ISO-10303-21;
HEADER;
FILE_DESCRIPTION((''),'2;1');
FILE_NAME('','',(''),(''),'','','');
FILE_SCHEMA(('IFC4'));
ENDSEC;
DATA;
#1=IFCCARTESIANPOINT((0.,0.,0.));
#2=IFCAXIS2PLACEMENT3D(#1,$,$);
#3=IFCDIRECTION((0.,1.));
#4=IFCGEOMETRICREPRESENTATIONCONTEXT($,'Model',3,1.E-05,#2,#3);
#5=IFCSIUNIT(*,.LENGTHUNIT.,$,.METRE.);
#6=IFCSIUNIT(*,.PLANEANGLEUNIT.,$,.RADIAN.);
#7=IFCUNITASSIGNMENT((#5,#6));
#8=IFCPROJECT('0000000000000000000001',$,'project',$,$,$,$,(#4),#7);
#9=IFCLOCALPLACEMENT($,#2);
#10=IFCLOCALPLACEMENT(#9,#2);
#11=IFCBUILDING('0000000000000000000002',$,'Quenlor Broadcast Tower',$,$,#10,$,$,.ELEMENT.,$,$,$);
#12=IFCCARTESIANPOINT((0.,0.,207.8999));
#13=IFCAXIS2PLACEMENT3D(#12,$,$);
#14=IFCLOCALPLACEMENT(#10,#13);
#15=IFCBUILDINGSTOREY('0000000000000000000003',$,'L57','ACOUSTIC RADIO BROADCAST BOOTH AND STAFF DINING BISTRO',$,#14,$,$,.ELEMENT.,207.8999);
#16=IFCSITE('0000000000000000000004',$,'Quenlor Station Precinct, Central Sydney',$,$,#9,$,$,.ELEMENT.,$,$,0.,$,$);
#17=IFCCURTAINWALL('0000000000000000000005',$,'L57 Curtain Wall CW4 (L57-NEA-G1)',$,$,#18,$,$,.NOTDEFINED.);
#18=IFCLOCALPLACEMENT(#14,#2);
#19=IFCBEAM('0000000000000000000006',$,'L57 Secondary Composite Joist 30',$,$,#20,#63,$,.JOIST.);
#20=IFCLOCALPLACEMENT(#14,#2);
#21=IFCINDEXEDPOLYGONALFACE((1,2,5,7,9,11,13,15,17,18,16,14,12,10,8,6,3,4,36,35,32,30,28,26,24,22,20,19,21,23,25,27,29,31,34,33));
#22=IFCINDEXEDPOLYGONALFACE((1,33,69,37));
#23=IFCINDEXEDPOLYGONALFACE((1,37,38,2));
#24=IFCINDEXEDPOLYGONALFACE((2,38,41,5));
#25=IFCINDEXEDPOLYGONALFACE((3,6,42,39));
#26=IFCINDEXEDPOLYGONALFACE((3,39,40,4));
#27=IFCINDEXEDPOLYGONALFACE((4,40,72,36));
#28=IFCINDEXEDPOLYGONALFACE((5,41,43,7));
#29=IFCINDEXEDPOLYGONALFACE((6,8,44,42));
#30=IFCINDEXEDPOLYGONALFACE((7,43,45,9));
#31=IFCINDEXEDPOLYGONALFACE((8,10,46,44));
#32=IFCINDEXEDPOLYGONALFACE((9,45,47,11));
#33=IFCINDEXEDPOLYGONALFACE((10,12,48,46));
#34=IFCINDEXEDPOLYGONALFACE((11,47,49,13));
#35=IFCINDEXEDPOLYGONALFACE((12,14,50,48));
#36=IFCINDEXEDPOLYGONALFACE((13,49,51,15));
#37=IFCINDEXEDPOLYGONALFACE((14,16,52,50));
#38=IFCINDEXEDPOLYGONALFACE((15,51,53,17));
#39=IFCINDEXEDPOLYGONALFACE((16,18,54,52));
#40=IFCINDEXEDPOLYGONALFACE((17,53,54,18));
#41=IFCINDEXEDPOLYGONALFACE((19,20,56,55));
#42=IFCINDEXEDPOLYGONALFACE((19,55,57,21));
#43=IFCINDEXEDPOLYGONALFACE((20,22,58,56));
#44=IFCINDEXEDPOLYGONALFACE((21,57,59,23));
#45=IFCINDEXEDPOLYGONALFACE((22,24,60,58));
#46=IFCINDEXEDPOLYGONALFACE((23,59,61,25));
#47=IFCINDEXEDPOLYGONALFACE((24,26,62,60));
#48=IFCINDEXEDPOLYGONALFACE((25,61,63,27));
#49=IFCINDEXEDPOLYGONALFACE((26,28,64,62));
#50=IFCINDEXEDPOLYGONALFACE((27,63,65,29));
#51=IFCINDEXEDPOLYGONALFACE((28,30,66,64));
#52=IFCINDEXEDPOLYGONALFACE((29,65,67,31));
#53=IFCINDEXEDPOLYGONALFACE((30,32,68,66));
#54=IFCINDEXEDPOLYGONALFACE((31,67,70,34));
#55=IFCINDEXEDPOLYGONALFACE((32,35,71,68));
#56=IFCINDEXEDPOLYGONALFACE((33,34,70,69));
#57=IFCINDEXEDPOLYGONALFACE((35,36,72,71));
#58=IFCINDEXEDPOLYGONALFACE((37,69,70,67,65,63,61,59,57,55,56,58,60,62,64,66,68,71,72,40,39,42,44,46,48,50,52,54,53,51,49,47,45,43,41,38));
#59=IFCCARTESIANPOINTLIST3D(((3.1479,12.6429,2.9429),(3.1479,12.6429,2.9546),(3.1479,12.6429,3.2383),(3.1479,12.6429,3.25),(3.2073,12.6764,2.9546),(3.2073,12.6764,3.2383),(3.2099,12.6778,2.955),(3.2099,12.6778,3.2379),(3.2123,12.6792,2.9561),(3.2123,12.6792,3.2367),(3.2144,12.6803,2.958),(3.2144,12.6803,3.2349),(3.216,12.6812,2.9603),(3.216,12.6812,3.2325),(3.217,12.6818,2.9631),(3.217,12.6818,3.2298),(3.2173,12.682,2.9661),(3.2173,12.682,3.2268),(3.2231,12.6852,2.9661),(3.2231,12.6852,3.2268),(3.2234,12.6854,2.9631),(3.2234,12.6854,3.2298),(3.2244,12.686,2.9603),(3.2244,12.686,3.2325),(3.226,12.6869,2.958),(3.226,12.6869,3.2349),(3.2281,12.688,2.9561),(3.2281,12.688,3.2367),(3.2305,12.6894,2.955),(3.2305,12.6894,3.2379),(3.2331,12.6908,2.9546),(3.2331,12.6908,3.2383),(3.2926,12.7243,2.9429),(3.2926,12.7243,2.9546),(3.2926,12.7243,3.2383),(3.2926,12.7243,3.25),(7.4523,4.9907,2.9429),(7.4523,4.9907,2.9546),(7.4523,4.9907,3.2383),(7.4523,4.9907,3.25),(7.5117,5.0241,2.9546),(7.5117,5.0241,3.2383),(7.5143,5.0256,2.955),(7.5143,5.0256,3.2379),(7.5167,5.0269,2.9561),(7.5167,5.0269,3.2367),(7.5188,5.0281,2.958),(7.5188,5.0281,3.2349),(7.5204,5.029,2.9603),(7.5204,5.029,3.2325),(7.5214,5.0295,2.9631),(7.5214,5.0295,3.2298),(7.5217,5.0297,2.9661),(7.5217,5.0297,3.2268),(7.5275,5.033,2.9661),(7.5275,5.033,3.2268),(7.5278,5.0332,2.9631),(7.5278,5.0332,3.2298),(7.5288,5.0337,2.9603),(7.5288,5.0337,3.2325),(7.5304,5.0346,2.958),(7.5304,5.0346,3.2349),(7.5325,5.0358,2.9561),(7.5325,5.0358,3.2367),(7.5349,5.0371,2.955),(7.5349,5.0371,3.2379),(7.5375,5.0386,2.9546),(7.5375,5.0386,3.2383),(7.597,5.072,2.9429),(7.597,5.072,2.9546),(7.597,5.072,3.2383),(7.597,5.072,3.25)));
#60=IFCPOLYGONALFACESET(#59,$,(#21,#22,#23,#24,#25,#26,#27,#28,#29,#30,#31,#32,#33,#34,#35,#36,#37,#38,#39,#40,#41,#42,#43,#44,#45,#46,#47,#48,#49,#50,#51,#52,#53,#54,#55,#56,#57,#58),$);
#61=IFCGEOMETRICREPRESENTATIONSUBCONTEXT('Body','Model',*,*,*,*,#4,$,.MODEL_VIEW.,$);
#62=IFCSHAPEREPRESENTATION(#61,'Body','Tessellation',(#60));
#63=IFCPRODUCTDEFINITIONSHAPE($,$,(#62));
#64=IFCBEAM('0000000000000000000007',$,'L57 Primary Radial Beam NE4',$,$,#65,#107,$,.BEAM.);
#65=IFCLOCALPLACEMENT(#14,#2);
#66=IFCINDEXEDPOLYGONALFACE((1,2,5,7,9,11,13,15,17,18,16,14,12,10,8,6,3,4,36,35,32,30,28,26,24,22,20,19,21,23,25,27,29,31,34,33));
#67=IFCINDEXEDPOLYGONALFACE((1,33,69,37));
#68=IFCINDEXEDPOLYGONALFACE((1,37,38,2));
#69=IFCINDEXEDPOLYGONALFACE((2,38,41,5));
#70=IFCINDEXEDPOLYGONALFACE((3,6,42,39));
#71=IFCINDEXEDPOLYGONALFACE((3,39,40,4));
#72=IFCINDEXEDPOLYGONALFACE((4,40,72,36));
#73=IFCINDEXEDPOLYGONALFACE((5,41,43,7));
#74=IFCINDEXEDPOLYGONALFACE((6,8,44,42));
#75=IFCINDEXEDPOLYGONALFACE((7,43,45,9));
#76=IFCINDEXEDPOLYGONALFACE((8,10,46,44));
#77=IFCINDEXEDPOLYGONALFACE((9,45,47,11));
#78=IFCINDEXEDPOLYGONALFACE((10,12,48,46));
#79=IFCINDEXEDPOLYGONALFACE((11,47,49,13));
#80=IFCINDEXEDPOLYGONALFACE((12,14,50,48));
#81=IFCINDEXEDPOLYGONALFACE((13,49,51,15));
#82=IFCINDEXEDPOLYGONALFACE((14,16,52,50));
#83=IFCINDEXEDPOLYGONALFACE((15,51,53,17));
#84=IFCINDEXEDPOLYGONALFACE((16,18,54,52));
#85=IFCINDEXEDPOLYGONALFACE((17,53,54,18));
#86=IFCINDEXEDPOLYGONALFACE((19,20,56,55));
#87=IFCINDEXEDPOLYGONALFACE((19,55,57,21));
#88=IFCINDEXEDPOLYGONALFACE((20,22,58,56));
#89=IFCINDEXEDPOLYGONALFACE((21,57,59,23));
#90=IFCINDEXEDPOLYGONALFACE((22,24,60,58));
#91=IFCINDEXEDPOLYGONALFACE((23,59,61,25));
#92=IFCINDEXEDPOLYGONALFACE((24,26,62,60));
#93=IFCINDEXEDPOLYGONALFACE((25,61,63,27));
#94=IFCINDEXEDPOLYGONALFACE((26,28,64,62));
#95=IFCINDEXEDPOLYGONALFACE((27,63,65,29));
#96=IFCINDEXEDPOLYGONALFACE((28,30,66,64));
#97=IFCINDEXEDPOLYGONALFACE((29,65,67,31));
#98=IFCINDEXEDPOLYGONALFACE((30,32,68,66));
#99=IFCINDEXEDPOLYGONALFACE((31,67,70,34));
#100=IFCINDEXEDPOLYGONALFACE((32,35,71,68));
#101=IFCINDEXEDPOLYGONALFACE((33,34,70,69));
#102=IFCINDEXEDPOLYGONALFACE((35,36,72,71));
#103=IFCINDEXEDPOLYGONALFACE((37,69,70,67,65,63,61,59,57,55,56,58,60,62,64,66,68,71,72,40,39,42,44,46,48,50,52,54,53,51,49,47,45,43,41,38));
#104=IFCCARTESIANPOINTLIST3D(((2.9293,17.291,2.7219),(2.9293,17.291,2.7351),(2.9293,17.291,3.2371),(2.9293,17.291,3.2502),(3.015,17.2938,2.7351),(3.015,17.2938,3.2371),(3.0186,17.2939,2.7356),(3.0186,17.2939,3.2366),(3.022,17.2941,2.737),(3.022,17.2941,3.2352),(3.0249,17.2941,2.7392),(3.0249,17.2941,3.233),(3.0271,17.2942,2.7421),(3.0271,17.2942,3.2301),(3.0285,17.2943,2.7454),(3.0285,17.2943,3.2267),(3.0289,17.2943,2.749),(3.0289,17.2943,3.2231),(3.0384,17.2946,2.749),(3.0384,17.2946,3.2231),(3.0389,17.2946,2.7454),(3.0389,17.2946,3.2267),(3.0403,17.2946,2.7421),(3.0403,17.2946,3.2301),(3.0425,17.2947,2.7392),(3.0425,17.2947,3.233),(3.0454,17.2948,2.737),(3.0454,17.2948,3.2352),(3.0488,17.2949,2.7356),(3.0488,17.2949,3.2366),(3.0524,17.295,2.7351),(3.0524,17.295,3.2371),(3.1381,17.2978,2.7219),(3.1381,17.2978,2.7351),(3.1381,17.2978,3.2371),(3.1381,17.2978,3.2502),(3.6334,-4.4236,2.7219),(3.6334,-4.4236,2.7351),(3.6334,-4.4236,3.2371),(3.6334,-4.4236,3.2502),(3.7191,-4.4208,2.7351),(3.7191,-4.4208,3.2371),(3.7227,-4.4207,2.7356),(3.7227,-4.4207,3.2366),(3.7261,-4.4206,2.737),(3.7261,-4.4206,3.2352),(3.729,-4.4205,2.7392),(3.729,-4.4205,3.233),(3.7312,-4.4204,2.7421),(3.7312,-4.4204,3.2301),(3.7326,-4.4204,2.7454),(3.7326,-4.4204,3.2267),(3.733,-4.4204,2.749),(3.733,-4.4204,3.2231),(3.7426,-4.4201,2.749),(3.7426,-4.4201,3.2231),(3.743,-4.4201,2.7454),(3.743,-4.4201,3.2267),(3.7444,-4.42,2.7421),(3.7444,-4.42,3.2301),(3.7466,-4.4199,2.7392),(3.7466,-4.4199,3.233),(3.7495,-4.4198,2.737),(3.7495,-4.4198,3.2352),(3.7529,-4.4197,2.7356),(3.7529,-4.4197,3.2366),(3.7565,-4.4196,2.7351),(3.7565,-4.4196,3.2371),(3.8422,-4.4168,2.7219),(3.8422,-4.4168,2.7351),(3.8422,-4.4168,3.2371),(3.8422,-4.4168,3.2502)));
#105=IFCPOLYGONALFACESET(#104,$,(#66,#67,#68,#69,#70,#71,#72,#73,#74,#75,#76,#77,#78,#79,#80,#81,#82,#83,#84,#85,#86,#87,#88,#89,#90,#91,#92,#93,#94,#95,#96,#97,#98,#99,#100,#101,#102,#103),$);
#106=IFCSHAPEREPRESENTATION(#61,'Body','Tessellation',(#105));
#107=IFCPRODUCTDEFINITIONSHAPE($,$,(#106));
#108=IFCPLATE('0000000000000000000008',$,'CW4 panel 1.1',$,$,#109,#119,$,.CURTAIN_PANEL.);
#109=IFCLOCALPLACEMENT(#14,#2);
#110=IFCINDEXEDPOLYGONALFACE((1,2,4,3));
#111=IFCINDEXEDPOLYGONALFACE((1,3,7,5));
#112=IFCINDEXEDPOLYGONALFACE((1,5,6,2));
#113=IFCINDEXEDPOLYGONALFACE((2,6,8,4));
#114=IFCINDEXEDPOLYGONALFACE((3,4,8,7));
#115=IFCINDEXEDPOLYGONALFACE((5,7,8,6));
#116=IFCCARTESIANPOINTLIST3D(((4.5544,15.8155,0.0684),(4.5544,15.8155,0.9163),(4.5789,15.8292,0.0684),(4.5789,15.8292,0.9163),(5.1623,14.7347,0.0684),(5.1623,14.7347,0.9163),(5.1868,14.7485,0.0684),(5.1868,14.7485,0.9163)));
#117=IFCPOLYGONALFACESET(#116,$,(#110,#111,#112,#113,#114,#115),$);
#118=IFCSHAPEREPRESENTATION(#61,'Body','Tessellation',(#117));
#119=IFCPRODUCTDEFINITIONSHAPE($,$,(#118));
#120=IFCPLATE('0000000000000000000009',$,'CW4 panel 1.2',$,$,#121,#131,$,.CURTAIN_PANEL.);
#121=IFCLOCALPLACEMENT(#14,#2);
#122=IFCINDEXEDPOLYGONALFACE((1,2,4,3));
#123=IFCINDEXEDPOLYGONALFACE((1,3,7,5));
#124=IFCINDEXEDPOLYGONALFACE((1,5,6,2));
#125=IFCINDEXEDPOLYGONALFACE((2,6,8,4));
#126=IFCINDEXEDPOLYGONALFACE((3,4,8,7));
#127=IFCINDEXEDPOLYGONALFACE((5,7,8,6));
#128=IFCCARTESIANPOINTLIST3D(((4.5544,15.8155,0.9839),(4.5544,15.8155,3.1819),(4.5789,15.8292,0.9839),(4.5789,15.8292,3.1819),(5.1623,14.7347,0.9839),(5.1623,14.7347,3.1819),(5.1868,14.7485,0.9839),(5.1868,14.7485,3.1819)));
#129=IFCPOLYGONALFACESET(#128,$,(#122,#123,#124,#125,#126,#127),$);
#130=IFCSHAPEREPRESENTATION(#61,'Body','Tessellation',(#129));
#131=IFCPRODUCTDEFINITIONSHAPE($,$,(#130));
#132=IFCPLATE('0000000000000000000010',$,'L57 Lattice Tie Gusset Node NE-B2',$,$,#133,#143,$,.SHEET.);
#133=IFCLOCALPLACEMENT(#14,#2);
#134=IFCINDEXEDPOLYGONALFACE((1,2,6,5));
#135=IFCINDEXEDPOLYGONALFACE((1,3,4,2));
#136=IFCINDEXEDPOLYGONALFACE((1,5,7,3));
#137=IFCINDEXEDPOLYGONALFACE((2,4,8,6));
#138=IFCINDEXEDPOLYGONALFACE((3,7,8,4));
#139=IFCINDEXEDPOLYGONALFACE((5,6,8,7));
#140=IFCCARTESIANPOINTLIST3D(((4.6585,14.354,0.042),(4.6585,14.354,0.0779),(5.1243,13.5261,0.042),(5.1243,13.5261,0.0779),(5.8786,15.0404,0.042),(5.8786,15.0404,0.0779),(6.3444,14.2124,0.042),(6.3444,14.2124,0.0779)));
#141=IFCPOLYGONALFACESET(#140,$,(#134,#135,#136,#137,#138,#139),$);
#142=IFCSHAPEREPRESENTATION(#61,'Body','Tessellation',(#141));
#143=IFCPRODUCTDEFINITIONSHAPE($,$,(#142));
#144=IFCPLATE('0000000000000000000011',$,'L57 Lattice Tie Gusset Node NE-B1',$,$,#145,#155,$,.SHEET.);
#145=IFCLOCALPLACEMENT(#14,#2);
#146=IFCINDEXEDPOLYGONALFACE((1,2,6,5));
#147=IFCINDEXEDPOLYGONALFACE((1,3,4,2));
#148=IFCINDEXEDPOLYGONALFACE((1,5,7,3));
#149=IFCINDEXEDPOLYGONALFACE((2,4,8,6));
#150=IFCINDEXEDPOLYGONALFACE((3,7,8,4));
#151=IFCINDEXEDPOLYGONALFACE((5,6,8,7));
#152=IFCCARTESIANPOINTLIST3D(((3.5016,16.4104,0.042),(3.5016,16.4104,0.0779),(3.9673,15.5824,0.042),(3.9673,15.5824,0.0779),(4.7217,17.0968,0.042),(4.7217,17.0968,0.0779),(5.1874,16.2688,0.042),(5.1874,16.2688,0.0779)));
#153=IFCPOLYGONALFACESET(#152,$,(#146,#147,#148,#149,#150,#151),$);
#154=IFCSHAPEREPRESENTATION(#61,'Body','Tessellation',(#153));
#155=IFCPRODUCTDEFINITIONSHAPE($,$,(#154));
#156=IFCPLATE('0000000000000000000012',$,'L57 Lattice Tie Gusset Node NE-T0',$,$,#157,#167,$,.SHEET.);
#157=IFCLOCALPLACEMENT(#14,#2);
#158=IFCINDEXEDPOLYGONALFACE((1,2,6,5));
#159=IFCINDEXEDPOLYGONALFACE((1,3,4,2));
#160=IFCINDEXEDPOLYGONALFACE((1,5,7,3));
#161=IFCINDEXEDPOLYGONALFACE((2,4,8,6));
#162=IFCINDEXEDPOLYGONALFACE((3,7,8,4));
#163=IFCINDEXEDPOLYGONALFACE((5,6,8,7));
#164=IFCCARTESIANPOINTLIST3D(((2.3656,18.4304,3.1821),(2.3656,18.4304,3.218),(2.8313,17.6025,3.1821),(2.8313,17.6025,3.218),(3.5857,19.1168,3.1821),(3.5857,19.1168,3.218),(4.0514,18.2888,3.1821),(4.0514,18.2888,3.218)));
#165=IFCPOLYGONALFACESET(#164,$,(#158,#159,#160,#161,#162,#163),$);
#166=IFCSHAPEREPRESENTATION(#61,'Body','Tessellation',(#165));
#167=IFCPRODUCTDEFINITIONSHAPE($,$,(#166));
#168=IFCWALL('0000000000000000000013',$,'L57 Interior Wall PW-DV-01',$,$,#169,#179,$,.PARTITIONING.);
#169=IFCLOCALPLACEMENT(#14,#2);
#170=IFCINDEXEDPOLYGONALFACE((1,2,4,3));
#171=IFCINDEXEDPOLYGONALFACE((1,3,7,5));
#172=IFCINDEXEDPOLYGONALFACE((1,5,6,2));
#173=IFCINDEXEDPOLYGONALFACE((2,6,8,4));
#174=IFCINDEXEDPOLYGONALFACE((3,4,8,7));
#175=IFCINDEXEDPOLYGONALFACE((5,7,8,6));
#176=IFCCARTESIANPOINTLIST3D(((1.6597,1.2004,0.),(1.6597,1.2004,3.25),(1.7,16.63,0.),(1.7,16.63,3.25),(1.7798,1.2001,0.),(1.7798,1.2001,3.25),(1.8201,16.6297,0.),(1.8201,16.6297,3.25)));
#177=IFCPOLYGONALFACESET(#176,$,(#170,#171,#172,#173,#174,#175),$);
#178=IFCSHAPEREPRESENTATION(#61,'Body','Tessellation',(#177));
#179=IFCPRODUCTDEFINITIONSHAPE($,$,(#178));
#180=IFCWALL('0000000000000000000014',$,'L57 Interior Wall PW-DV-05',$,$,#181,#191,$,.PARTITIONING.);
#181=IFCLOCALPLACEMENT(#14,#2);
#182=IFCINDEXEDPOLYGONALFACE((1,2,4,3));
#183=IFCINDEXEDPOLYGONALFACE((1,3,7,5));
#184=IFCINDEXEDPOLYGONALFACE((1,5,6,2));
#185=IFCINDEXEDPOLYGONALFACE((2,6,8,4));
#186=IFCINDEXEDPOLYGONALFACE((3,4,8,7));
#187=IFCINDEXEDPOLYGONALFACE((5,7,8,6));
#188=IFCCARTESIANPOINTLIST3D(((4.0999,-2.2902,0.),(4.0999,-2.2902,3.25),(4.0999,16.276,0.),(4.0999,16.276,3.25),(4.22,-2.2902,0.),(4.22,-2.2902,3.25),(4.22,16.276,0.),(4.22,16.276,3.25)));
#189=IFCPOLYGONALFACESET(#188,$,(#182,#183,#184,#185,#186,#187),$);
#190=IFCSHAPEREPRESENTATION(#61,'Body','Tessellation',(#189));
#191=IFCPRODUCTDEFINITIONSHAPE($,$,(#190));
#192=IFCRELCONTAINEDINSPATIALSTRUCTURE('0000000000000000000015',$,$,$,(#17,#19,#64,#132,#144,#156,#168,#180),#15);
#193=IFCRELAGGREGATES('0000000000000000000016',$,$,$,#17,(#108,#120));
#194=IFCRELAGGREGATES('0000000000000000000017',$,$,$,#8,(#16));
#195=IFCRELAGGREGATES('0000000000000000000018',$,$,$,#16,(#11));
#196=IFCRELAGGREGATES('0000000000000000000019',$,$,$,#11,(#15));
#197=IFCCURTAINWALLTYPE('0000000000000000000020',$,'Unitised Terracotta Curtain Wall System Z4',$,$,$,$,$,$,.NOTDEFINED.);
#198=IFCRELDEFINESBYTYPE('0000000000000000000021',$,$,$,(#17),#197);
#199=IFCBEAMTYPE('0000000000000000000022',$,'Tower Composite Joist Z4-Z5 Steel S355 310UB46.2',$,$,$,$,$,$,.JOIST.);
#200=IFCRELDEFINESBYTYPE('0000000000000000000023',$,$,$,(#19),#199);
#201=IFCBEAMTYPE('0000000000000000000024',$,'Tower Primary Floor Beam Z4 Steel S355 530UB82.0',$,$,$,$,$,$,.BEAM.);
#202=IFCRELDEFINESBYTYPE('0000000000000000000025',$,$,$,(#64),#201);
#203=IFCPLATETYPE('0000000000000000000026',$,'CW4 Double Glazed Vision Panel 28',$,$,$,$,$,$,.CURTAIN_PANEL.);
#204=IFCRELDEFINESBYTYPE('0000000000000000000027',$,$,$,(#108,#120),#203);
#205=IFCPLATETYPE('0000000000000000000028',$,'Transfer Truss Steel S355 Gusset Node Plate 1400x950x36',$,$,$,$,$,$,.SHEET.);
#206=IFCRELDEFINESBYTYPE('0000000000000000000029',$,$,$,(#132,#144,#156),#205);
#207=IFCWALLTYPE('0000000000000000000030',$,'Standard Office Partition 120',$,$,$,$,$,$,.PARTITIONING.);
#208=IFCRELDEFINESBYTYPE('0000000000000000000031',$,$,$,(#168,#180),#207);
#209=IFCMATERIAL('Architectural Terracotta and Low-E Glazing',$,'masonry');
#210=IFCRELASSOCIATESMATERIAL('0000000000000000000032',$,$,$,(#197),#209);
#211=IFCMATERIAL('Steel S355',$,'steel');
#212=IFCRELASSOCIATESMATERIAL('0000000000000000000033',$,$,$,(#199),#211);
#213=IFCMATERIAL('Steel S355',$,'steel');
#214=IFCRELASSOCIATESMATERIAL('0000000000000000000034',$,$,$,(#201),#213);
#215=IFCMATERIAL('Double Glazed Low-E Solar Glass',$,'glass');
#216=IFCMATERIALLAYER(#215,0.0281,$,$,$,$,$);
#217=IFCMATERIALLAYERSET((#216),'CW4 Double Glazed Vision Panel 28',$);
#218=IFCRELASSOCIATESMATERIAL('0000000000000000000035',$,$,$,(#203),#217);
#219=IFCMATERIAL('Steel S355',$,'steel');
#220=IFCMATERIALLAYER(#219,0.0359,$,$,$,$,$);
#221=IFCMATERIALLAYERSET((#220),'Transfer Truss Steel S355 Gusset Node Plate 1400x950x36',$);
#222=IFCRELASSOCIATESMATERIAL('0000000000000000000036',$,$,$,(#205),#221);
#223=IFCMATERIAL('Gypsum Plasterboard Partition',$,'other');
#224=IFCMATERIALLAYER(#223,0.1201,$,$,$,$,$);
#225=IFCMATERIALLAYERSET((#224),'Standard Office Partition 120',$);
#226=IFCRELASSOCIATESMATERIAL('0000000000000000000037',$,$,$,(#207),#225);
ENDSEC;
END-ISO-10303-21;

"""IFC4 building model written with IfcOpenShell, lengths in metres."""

from ifc_helpers import new_model, si_unit, direction, frame, frame_2d, origin, origin_2d, place, context, subcontext, project, spatial, rectangle, i_section, extrude, material, layer, layer_set, material_profile, profile_set, type_object, element, aggregate, save


model = new_model("IFC4")

# Units and contexts
model_context = context("Model", 3, precision=1e-05, world=origin(), true_north=direction((0.0, 1.0)))
body_context = subcontext(model_context, "Body", "Model", "MODEL_VIEW")
ifc_project = project(units=[si_unit("LENGTHUNIT", "METRE"), si_unit("PLANEANGLEUNIT", "RADIAN")], contexts=[model_context])

# Site, building, storey
site_placement = place(None, origin())
site = spatial("IfcSite", under=ifc_project, at=site_placement, Name="Quenlor Station Precinct, Central Sydney", CompositionType="ELEMENT", RefElevation=0.0)
building_placement = place(site_placement, origin())
building = spatial("IfcBuilding", under=site, at=building_placement, Name="Quenlor Broadcast Tower", CompositionType="ELEMENT")
storey_placement = place(building_placement, frame((0.0, 0.0, 207.8999)))
storey = spatial("IfcBuildingStorey", under=building, at=storey_placement, Name="L57", Description="ACOUSTIC RADIO BROADCAST BOOTH AND STAFF DINING BISTRO", CompositionType="ELEMENT", Elevation=207.8999)

# Curtain wall
ifc_material_1 = material(Name="Architectural Terracotta and Low-E Glazing", Category="masonry")
curtain_wall_type = type_object("IfcCurtainWallType", Name="Unitised Terracotta Curtain Wall System Z4", PredefinedType="NOTDEFINED", material=ifc_material_1)
curtain_wall_placement = place(storey_placement, origin())
curtain_wall = element("IfcCurtainWall", 1, at=curtain_wall_placement, inside=storey, type_object=curtain_wall_type, Name="L57 Curtain Wall CW4 (L57-NEA-G1)", PredefinedType="NOTDEFINED")

# Beams
ifc_material_2 = material(Name="Steel S355", Category="steel")
ifc_material_profile_1 = material_profile(ifc_material_2, i_section(OverallWidth=0.166, OverallDepth=0.3071, WebThickness=0.0066, FlangeThickness=0.0117, FilletRadius=0.0115, at=origin_2d()))
ifc_profile_set_1 = profile_set([ifc_material_profile_1], Name="Steel S355 310UB46.2")
beam_type_1 = type_object("IfcBeamType", Name="Tower Composite Joist Z4-Z5 Steel S355 310UB46.2", PredefinedType="JOIST", material=ifc_profile_set_1)
beam_1_placement = place(storey_placement, frame((3.2202, 12.6836, 3.0964), z_axis=(0.490261, -0.871576, 0.0), x_axis=(0.871576, 0.490261, 0.0)))
element("IfcBeam", 2, at=beam_1_placement, inside=storey, type_object=beam_type_1, Name="L57 Secondary Composite Joist 30", PredefinedType="JOIST", context=body_context, shape_type="SweptSolid", body=[
    extrude(i_section(OverallWidth=0.166, OverallDepth=0.3071, WebThickness=0.0066, FlangeThickness=0.0117, FilletRadius=0.0115, at=origin_2d()), origin(), (0.0, 0.0, 1.0), 8.7798),
])
ifc_material_3 = material(Name="Steel S355", Category="steel")
ifc_material_profile_2 = material_profile(ifc_material_3, i_section(OverallWidth=0.209, OverallDepth=0.5283, WebThickness=0.0095, FlangeThickness=0.0132, FilletRadius=0.0139, at=origin_2d()))
ifc_profile_set_2 = profile_set([ifc_material_profile_2], Name="Steel S355 530UB82.0")
beam_type_2 = type_object("IfcBeamType", Name="Tower Primary Floor Beam Z4 Steel S355 530UB82.0", PredefinedType="BEAM", material=ifc_profile_set_2)
beam_2_placement = place(storey_placement, frame((3.0337, 17.2944, 2.9861), z_axis=(0.032408, -0.999475, 0.0), x_axis=(0.999475, 0.032408, 0.0)))
element("IfcBeam", 3, at=beam_2_placement, inside=storey, type_object=beam_type_2, Name="L57 Primary Radial Beam NE4", PredefinedType="BEAM", context=body_context, shape_type="SweptSolid", body=[
    extrude(i_section(OverallWidth=0.209, OverallDepth=0.5283, WebThickness=0.0095, FlangeThickness=0.0132, FilletRadius=0.0139, at=origin_2d()), origin(), (0.0, 0.0, 1.0), 21.7261),
])

# Plates
ifc_material_4 = material(Name="Double Glazed Low-E Solar Glass", Category="glass")
ifc_layer_1 = layer(ifc_material_4, 0.0281)
ifc_layer_set_1 = layer_set([ifc_layer_1], Name="CW4 Double Glazed Vision Panel 28")
plate_type_1 = type_object("IfcPlateType", Name="CW4 Double Glazed Vision Panel 28", PredefinedType="CURTAIN_PANEL", material=ifc_layer_set_1)
plate_1_placement = place(storey_placement, frame((4.8706, 15.282, 0.0684), z_axis=(0.0, 0.0, 1.0), x_axis=(0.490289, -0.87156, 0.0)))
plate_1 = element("IfcPlate", 4, at=plate_1_placement, type_object=plate_type_1, Name="CW4 panel 1.1", PredefinedType="CURTAIN_PANEL", context=body_context, shape_type="SweptSolid", body=[
    extrude(rectangle(XDim=1.24, YDim=0.0281, at=origin_2d()), origin(), (0.0, 0.0, 1.0), 0.8479),
])
plate_2_placement = place(storey_placement, frame((4.8706, 15.282, 0.9839), z_axis=(0.0, 0.0, 1.0), x_axis=(0.490289, -0.87156, 0.0)))
plate_2 = element("IfcPlate", 5, at=plate_2_placement, type_object=plate_type_1, Name="CW4 panel 1.2", PredefinedType="CURTAIN_PANEL", context=body_context, shape_type="SweptSolid", body=[
    extrude(rectangle(XDim=1.24, YDim=0.0281, at=origin_2d()), origin(), (0.0, 0.0, 1.0), 2.198),
])
aggregate(curtain_wall, [plate_1, plate_2])

# Plates
ifc_material_5 = material(Name="Steel S355", Category="steel")
ifc_layer_2 = layer(ifc_material_5, 0.0359)
ifc_layer_set_2 = layer_set([ifc_layer_2], Name="Transfer Truss Steel S355 Gusset Node Plate 1400x950x36")
plate_type_2 = type_object("IfcPlateType", Name="Transfer Truss Steel S355 Gusset Node Plate 1400x950x36", PredefinedType="SHEET", material=ifc_layer_set_2)
for number, where, z_axis, x_axis, name in (
    (6, (5.5015, 14.2832, 0.042), (0.0, 0.0, 1.0), (0.871556, 0.490295, 0.0), "L57 Lattice Tie Gusset Node NE-B2"),
    (7, (4.3445, 16.3396, 0.042), (0.0, 0.0, 1.0), (0.871556, 0.490295, 0.0), "L57 Lattice Tie Gusset Node NE-B1"),
    (8, (3.2085, 18.3596, 3.1821), (0.0, 0.0, 1.0), (0.871556, 0.490295, 0.0), "L57 Lattice Tie Gusset Node NE-T0"),
):
    element("IfcPlate", number, at=place(storey_placement, frame(where, z_axis=z_axis, x_axis=x_axis)), inside=storey, type_object=plate_type_2, Name=name, PredefinedType="SHEET", context=body_context, shape_type="SweptSolid", body=[
        extrude(rectangle(XDim=1.3999, YDim=0.95, at=origin_2d()), origin(), (0.0, 0.0, 1.0), 0.0359),
    ])

# Walls
ifc_material_6 = material(Name="Gypsum Plasterboard Partition", Category="other")
ifc_layer_3 = layer(ifc_material_6, 0.1201)
ifc_layer_set_3 = layer_set([ifc_layer_3], Name="Standard Office Partition 120")
wall_type_1 = type_object("IfcWallType", Name="Standard Office Partition 120", PredefinedType="PARTITIONING", material=ifc_layer_set_3)
wall_1_placement = place(storey_placement, frame((1.76, 16.6299, 0.0), z_axis=(0.0, 0.0, 1.0), x_axis=(-0.002611, -0.999997, 0.0)))
element("IfcWall", 9, at=wall_1_placement, inside=storey, type_object=wall_type_1, Name="L57 Interior Wall PW-DV-01", PredefinedType="PARTITIONING", context=body_context, shape_type="SweptSolid", body=[
    extrude(rectangle(XDim=15.4297, YDim=0.1201, at=frame_2d((7.7148, 0.0))), origin(), (0.0, 0.0, 1.0), 3.25),
])
wall_2_placement = place(storey_placement, frame((4.1599, 16.2761, 0.0), z_axis=(0.0, 0.0, 1.0), x_axis=(0.0, -1.0, 0.0)))
element("IfcWall", 10, at=wall_2_placement, inside=storey, type_object=wall_type_1, Name="L57 Interior Wall PW-DV-05", PredefinedType="PARTITIONING", context=body_context, shape_type="SweptSolid", body=[
    extrude(rectangle(XDim=18.5662, YDim=0.1201, at=frame_2d((9.2832, 0.0))), origin(), (0.0, 0.0, 1.0), 3.25),
])

save(model, "model.ifc")
